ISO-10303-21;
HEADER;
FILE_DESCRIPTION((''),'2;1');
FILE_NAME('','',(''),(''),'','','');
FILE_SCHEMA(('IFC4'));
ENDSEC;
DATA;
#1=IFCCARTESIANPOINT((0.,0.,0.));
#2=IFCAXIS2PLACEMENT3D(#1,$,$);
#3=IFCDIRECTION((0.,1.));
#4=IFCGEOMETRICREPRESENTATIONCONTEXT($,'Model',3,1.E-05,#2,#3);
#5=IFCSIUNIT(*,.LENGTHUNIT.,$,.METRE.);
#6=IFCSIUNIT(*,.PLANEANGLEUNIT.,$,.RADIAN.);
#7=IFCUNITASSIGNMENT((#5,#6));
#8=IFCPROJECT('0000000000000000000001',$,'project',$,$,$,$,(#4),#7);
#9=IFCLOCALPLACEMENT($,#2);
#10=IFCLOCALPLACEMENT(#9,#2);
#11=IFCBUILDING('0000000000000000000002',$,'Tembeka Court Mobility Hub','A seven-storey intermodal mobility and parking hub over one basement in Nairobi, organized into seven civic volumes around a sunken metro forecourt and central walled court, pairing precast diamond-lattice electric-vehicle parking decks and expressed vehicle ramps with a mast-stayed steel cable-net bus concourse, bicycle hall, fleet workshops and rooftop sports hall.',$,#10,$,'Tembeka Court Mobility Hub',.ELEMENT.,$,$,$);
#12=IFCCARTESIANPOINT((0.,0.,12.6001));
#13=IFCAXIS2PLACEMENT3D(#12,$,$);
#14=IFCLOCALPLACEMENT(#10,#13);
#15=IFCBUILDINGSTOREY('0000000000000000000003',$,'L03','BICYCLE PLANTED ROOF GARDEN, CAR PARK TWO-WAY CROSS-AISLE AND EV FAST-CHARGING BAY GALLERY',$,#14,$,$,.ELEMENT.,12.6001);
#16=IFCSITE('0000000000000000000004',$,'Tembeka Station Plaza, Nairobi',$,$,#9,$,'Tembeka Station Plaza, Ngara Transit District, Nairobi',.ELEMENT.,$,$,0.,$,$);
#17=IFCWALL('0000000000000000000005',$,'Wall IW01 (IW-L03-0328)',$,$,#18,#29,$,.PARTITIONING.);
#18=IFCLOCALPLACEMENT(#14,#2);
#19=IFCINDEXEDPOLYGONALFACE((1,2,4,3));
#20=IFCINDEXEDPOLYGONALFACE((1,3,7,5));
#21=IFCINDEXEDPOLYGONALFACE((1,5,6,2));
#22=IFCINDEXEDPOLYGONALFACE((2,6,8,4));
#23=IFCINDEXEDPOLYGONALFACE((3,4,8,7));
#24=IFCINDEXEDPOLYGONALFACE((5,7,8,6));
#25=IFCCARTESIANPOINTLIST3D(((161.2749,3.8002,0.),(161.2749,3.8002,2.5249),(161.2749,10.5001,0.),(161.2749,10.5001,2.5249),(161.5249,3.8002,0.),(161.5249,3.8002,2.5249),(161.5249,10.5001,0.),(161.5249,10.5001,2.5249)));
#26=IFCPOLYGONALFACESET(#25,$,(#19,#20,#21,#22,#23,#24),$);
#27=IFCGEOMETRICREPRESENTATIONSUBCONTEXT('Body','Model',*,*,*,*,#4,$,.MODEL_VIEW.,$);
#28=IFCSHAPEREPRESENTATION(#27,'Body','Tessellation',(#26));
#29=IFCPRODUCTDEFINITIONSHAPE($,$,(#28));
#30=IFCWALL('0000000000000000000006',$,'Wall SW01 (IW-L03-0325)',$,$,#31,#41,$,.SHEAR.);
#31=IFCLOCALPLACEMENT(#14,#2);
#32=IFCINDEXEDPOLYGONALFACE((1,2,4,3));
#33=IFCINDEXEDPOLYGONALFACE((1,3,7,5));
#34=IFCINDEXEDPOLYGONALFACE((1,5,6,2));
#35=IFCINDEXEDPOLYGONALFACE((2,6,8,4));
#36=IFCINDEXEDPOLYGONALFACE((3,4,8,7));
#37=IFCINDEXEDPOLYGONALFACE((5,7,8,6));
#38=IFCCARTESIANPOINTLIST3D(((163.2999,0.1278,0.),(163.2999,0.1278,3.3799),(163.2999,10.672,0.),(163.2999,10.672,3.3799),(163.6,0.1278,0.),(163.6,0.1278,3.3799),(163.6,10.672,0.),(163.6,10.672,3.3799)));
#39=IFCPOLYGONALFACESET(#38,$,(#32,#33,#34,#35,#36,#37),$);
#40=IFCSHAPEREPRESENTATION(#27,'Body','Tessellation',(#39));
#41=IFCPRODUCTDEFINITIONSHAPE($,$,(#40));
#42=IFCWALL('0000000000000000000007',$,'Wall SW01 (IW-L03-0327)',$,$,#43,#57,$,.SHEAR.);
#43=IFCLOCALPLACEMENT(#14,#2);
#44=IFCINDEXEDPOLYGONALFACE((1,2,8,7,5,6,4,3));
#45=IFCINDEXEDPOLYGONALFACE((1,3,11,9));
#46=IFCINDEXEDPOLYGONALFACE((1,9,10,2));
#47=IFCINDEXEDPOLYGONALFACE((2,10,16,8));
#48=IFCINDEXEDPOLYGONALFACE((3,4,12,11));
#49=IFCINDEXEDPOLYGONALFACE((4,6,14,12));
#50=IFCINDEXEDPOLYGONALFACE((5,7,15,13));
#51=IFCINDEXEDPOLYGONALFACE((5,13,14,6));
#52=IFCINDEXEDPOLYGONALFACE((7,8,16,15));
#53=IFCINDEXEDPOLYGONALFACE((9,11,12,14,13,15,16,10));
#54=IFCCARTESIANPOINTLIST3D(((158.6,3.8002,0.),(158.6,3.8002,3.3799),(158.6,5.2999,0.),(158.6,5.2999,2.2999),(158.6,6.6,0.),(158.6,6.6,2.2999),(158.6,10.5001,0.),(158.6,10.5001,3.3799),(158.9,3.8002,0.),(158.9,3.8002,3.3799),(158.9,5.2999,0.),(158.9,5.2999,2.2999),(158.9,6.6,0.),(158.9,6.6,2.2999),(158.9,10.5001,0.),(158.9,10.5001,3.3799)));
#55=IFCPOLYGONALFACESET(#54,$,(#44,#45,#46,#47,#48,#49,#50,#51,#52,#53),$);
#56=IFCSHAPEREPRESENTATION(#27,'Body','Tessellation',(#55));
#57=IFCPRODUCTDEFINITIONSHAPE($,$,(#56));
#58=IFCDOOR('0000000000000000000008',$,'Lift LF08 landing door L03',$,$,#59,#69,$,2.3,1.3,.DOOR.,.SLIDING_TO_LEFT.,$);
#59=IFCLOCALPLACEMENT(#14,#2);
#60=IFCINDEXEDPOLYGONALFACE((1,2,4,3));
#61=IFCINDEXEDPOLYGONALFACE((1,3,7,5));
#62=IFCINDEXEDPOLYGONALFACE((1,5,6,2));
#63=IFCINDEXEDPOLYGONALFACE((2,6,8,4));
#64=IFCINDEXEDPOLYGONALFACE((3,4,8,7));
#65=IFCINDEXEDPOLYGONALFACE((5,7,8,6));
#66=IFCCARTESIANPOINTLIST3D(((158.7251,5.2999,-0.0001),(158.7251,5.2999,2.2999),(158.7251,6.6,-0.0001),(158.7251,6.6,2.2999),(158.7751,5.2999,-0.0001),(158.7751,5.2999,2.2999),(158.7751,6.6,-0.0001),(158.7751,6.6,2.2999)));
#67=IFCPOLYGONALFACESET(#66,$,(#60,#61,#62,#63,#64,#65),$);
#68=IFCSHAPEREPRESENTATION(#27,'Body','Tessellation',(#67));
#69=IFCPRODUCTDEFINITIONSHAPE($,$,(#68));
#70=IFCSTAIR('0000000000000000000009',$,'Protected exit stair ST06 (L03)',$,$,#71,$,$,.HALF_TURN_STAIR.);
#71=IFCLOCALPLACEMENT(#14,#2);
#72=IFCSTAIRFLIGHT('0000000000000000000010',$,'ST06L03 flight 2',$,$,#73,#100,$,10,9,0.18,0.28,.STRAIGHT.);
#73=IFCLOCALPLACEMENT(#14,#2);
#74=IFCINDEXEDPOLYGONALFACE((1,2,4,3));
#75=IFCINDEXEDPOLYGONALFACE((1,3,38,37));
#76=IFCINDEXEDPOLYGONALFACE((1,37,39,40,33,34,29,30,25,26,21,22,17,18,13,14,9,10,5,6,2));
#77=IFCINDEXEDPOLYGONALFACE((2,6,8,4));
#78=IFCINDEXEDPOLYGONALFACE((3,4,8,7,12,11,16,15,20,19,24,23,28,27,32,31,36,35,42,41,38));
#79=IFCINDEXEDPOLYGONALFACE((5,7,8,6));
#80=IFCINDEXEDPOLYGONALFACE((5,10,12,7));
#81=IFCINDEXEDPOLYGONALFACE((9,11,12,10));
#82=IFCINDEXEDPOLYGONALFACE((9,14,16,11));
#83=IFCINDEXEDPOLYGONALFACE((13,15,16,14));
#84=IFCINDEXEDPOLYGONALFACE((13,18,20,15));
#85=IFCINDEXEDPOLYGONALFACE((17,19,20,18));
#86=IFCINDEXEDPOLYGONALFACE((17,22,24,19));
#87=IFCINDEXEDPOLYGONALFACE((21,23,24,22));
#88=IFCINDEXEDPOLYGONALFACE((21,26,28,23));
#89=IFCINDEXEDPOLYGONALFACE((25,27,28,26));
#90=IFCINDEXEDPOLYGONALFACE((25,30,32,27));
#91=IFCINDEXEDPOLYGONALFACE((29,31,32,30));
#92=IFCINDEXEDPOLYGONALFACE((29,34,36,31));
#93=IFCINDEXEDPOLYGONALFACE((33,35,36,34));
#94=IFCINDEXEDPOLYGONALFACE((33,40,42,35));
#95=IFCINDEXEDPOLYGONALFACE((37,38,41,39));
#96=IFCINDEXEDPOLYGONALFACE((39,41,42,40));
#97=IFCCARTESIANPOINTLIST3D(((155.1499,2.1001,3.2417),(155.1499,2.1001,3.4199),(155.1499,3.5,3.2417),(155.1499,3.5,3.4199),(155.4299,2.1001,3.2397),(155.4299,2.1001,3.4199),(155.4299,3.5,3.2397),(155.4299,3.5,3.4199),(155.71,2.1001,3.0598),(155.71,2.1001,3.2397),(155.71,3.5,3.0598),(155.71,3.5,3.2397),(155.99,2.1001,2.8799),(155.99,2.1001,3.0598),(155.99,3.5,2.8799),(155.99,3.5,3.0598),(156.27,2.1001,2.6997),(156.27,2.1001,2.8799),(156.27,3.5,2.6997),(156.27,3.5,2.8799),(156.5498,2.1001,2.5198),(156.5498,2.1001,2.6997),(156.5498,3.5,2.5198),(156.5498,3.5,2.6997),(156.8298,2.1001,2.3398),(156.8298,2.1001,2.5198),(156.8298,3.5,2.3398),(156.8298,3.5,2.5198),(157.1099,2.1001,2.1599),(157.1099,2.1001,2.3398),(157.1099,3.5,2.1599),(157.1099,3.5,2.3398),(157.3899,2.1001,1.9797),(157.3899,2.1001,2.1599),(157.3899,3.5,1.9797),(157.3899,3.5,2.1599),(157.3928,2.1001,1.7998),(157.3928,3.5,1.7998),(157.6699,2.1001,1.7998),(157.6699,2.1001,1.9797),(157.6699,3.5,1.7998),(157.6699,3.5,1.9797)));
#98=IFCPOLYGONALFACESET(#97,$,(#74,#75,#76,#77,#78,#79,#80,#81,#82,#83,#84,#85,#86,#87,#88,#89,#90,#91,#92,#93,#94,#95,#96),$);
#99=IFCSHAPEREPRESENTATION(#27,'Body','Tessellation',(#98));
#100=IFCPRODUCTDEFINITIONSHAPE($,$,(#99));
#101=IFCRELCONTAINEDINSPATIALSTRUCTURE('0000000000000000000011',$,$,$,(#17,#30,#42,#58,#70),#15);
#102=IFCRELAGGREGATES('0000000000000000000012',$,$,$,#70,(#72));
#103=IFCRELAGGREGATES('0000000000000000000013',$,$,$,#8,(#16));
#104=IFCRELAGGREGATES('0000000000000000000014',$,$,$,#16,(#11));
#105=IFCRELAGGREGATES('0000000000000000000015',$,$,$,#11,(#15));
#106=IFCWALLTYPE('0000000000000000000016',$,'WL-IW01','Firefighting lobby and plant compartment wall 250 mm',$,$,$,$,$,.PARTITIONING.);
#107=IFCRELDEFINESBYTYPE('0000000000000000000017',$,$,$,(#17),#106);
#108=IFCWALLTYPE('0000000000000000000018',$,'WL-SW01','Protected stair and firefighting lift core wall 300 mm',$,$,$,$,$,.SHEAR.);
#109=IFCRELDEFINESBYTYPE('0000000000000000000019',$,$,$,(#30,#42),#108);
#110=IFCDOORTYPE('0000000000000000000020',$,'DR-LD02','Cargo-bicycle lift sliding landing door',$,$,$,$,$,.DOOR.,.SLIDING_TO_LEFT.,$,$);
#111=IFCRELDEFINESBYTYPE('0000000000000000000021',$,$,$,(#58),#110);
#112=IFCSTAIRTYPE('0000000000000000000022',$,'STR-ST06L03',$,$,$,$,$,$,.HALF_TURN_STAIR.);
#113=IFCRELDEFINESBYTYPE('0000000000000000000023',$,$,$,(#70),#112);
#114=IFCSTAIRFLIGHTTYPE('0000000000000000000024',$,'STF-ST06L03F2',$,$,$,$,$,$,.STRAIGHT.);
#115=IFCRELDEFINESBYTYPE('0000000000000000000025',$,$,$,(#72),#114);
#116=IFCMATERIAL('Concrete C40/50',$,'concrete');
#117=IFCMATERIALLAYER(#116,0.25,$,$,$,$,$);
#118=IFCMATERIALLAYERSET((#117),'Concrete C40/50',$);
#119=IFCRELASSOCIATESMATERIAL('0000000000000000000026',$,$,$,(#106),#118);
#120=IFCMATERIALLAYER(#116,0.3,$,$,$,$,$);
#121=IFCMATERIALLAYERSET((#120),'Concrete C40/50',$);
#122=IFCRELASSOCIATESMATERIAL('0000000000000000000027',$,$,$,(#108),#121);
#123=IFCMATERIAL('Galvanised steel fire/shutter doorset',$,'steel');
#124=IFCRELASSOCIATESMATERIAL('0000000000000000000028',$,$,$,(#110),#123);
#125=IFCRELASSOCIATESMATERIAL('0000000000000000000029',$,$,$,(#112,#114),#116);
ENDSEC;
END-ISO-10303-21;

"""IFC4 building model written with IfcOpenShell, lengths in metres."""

from ifc_helpers import new_model, si_unit, direction, frame, frame_2d, origin, place, context, subcontext, project, spatial, polyline, rectangle, outline, extrude, material, layer, layer_set, type_object, element, fill, aggregate, save


model = new_model("IFC4")

# Units and contexts
model_context = context("Model", 3, precision=1e-05, world=origin(), true_north=direction((0.0, 1.0)))
body_context = subcontext(model_context, "Body", "Model", "MODEL_VIEW")
ifc_project = project(units=[si_unit("LENGTHUNIT", "METRE"), si_unit("PLANEANGLEUNIT", "RADIAN")], contexts=[model_context])

# Site, building, storey
site_placement = place(None, origin())
site = spatial("IfcSite", under=ifc_project, at=site_placement, Name="Tembeka Station Plaza, Nairobi", LongName="Tembeka Station Plaza, Ngara Transit District, Nairobi", CompositionType="ELEMENT", RefElevation=0.0)
building_placement = place(site_placement, origin())
building = spatial("IfcBuilding", under=site, at=building_placement, Name="Tembeka Court Mobility Hub", Description="A seven-storey intermodal mobility and parking hub over one basement in Nairobi, organized into seven civic volumes around a sunken metro forecourt and central walled court, pairing precast diamond-lattice electric-vehicle parking decks and expressed vehicle ramps with a mast-stayed steel cable-net bus concourse, bicycle hall, fleet workshops and rooftop sports hall.", LongName="Tembeka Court Mobility Hub", CompositionType="ELEMENT")
storey_placement = place(building_placement, frame((0.0, 0.0, 12.6001)))
storey = spatial("IfcBuildingStorey", under=building, at=storey_placement, Name="L03", Description="BICYCLE PLANTED ROOF GARDEN, CAR PARK TWO-WAY CROSS-AISLE AND EV FAST-CHARGING BAY GALLERY", CompositionType="ELEMENT", Elevation=12.6001)

# Walls
ifc_material_1 = material(Name="Concrete C40/50", Category="concrete")
ifc_layer_1 = layer(ifc_material_1, 0.25)
ifc_layer_set_1 = layer_set([ifc_layer_1], Name="Concrete C40/50")
wall_type_1 = type_object("IfcWallType", Name="WL-IW01", Description="Firefighting lobby and plant compartment wall 250 mm", PredefinedType="PARTITIONING", material=ifc_layer_set_1)
wall_1_placement = place(storey_placement, frame((161.3999, 3.8, 0.0), z_axis=(0.0, 0.0, 1.0), x_axis=(0.0, 1.0, 0.0)))
element("IfcWall", 1, at=wall_1_placement, inside=storey, type_object=wall_type_1, Name="Wall IW01 (IW-L03-0328)", PredefinedType="PARTITIONING", context=body_context, shape_type="SweptSolid", body=[
    extrude(rectangle(XDim=6.7, YDim=0.25, at=frame_2d((3.3501, 0.0))), origin(), (0.0, 0.0, 1.0), 2.5249),
])
ifc_layer_2 = layer(ifc_material_1, 0.3)
ifc_layer_set_2 = layer_set([ifc_layer_2], Name="Concrete C40/50")
wall_type_2 = type_object("IfcWallType", Name="WL-SW01", Description="Protected stair and firefighting lift core wall 300 mm", PredefinedType="SHEAR", material=ifc_layer_set_2)
wall_2_placement = place(storey_placement, frame((163.45, 0.1279, 0.0), z_axis=(0.0, 0.0, 1.0), x_axis=(0.0, 1.0, 0.0)))
element("IfcWall", 2, at=wall_2_placement, inside=storey, type_object=wall_type_2, Name="Wall SW01 (IW-L03-0325)", PredefinedType="SHEAR", context=body_context, shape_type="SweptSolid", body=[
    extrude(rectangle(XDim=10.5442, YDim=0.3, at=frame_2d((5.272, 0.0))), origin(), (0.0, 0.0, 1.0), 3.3799),
])

# Wall, opening, door
wall_3_placement = place(storey_placement, frame((158.75, 3.8, 0.0), z_axis=(0.0, 0.0, 1.0), x_axis=(0.0, 1.0, 0.0)))
wall_3 = element("IfcWall", 3, at=wall_3_placement, inside=storey, type_object=wall_type_2, Name="Wall SW01 (IW-L03-0327)", PredefinedType="SHEAR", context=body_context, shape_type="SweptSolid", body=[
    extrude(rectangle(XDim=6.7, YDim=0.3, at=frame_2d((3.3501, 0.0))), origin(), (0.0, 0.0, 1.0), 3.3799),
])
opening_placement = place(wall_3_placement, frame((1.5, 0.0, 0.0)))
opening = element("IfcOpeningElement", 4, at=opening_placement, cuts=wall_3, PredefinedType="OPENING", context=body_context, shape_type="SweptSolid", body=[
    extrude(rectangle(XDim=1.3, YDim=2.3, at=frame_2d((0.6499, 1.1499))), frame((0.0, 0.1602, 0.0), z_axis=(0.0, -1.0, 0.0), x_axis=(1.0, 0.0, 0.0)), (0.0, 0.0, 1.0), 0.3201),
])
ifc_material_2 = material(Name="Galvanised steel fire/shutter doorset", Category="steel")
door_type = type_object("IfcDoorType", Name="DR-LD02", Description="Cargo-bicycle lift sliding landing door", OperationType="SLIDING_TO_LEFT", PredefinedType="DOOR", material=ifc_material_2)
door_placement = place(opening_placement, origin())
door = element("IfcDoor", 5, at=door_placement, inside=storey, type_object=door_type, Name="Lift LF08 landing door L03", OperationType="SLIDING_TO_LEFT", OverallHeight=2.3, OverallWidth=1.3, PredefinedType="DOOR", context=body_context, shape_type="SweptSolid", body=[
    extrude(rectangle(XDim=1.3, YDim=2.3, at=frame_2d((0.6499, 1.1499))), frame((0.0, 0.0249, 0.0), z_axis=(0.0, -1.0, 0.0), x_axis=(1.0, 0.0, 0.0)), (0.0, 0.0, 1.0), 0.05),
])
fill(opening, door)

# Stair, stair flight
stair_type = type_object("IfcStairType", Name="STR-ST06L03", PredefinedType="HALF_TURN_STAIR", material=ifc_material_1)
stair_placement = place(storey_placement, origin())
stair = element("IfcStair", 6, at=stair_placement, inside=storey, type_object=stair_type, Name="Protected exit stair ST06 (L03)", PredefinedType="HALF_TURN_STAIR")
stair_flight_type = type_object("IfcStairFlightType", Name="STF-ST06L03F2", PredefinedType="STRAIGHT", material=ifc_material_1)
stair_flight_placement = place(storey_placement, frame((157.6699, 2.8, 1.7998), z_axis=(0.0, 0.0, 1.0), x_axis=(-1.0, 0.0, 0.0)))
stair_flight = element("IfcStairFlight", 7, at=stair_flight_placement, type_object=stair_flight_type, Name="ST06L03 flight 2", NumberOfRisers=10, NumberOfTreads=9, PredefinedType="STRAIGHT", RiserHeight=0.18, TreadLength=0.28, context=body_context, shape_type="SweptSolid", body=[
    extrude(outline(polyline([(0.0, 0.0), (0.0, 0.1799), (0.28, 0.1799), (0.28, 0.3601), (0.5601, 0.3601), (0.5601, 0.54), (0.8401, 0.54), (0.8401, 0.72), (1.1201, 0.72), (1.1201, 0.8999), (1.3999, 0.8999), (1.3999, 1.0801), (1.6799, 1.0801), (1.6799, 1.26), (1.96, 1.26), (1.96, 1.4399), (2.24, 1.4399), (2.24, 1.6201), (2.52, 1.6201), (2.52, 1.8), (2.52, 1.4419), (0.2771, 0.0), (0.0, 0.0)])), frame((0.0, 0.7, 0.0), z_axis=(0.0, -1.0, 0.0), x_axis=(1.0, 0.0, 0.0)), (0.0, 0.0, 1.0), 1.3999),
])
aggregate(stair, [stair_flight])

save(model, "model.ifc")
